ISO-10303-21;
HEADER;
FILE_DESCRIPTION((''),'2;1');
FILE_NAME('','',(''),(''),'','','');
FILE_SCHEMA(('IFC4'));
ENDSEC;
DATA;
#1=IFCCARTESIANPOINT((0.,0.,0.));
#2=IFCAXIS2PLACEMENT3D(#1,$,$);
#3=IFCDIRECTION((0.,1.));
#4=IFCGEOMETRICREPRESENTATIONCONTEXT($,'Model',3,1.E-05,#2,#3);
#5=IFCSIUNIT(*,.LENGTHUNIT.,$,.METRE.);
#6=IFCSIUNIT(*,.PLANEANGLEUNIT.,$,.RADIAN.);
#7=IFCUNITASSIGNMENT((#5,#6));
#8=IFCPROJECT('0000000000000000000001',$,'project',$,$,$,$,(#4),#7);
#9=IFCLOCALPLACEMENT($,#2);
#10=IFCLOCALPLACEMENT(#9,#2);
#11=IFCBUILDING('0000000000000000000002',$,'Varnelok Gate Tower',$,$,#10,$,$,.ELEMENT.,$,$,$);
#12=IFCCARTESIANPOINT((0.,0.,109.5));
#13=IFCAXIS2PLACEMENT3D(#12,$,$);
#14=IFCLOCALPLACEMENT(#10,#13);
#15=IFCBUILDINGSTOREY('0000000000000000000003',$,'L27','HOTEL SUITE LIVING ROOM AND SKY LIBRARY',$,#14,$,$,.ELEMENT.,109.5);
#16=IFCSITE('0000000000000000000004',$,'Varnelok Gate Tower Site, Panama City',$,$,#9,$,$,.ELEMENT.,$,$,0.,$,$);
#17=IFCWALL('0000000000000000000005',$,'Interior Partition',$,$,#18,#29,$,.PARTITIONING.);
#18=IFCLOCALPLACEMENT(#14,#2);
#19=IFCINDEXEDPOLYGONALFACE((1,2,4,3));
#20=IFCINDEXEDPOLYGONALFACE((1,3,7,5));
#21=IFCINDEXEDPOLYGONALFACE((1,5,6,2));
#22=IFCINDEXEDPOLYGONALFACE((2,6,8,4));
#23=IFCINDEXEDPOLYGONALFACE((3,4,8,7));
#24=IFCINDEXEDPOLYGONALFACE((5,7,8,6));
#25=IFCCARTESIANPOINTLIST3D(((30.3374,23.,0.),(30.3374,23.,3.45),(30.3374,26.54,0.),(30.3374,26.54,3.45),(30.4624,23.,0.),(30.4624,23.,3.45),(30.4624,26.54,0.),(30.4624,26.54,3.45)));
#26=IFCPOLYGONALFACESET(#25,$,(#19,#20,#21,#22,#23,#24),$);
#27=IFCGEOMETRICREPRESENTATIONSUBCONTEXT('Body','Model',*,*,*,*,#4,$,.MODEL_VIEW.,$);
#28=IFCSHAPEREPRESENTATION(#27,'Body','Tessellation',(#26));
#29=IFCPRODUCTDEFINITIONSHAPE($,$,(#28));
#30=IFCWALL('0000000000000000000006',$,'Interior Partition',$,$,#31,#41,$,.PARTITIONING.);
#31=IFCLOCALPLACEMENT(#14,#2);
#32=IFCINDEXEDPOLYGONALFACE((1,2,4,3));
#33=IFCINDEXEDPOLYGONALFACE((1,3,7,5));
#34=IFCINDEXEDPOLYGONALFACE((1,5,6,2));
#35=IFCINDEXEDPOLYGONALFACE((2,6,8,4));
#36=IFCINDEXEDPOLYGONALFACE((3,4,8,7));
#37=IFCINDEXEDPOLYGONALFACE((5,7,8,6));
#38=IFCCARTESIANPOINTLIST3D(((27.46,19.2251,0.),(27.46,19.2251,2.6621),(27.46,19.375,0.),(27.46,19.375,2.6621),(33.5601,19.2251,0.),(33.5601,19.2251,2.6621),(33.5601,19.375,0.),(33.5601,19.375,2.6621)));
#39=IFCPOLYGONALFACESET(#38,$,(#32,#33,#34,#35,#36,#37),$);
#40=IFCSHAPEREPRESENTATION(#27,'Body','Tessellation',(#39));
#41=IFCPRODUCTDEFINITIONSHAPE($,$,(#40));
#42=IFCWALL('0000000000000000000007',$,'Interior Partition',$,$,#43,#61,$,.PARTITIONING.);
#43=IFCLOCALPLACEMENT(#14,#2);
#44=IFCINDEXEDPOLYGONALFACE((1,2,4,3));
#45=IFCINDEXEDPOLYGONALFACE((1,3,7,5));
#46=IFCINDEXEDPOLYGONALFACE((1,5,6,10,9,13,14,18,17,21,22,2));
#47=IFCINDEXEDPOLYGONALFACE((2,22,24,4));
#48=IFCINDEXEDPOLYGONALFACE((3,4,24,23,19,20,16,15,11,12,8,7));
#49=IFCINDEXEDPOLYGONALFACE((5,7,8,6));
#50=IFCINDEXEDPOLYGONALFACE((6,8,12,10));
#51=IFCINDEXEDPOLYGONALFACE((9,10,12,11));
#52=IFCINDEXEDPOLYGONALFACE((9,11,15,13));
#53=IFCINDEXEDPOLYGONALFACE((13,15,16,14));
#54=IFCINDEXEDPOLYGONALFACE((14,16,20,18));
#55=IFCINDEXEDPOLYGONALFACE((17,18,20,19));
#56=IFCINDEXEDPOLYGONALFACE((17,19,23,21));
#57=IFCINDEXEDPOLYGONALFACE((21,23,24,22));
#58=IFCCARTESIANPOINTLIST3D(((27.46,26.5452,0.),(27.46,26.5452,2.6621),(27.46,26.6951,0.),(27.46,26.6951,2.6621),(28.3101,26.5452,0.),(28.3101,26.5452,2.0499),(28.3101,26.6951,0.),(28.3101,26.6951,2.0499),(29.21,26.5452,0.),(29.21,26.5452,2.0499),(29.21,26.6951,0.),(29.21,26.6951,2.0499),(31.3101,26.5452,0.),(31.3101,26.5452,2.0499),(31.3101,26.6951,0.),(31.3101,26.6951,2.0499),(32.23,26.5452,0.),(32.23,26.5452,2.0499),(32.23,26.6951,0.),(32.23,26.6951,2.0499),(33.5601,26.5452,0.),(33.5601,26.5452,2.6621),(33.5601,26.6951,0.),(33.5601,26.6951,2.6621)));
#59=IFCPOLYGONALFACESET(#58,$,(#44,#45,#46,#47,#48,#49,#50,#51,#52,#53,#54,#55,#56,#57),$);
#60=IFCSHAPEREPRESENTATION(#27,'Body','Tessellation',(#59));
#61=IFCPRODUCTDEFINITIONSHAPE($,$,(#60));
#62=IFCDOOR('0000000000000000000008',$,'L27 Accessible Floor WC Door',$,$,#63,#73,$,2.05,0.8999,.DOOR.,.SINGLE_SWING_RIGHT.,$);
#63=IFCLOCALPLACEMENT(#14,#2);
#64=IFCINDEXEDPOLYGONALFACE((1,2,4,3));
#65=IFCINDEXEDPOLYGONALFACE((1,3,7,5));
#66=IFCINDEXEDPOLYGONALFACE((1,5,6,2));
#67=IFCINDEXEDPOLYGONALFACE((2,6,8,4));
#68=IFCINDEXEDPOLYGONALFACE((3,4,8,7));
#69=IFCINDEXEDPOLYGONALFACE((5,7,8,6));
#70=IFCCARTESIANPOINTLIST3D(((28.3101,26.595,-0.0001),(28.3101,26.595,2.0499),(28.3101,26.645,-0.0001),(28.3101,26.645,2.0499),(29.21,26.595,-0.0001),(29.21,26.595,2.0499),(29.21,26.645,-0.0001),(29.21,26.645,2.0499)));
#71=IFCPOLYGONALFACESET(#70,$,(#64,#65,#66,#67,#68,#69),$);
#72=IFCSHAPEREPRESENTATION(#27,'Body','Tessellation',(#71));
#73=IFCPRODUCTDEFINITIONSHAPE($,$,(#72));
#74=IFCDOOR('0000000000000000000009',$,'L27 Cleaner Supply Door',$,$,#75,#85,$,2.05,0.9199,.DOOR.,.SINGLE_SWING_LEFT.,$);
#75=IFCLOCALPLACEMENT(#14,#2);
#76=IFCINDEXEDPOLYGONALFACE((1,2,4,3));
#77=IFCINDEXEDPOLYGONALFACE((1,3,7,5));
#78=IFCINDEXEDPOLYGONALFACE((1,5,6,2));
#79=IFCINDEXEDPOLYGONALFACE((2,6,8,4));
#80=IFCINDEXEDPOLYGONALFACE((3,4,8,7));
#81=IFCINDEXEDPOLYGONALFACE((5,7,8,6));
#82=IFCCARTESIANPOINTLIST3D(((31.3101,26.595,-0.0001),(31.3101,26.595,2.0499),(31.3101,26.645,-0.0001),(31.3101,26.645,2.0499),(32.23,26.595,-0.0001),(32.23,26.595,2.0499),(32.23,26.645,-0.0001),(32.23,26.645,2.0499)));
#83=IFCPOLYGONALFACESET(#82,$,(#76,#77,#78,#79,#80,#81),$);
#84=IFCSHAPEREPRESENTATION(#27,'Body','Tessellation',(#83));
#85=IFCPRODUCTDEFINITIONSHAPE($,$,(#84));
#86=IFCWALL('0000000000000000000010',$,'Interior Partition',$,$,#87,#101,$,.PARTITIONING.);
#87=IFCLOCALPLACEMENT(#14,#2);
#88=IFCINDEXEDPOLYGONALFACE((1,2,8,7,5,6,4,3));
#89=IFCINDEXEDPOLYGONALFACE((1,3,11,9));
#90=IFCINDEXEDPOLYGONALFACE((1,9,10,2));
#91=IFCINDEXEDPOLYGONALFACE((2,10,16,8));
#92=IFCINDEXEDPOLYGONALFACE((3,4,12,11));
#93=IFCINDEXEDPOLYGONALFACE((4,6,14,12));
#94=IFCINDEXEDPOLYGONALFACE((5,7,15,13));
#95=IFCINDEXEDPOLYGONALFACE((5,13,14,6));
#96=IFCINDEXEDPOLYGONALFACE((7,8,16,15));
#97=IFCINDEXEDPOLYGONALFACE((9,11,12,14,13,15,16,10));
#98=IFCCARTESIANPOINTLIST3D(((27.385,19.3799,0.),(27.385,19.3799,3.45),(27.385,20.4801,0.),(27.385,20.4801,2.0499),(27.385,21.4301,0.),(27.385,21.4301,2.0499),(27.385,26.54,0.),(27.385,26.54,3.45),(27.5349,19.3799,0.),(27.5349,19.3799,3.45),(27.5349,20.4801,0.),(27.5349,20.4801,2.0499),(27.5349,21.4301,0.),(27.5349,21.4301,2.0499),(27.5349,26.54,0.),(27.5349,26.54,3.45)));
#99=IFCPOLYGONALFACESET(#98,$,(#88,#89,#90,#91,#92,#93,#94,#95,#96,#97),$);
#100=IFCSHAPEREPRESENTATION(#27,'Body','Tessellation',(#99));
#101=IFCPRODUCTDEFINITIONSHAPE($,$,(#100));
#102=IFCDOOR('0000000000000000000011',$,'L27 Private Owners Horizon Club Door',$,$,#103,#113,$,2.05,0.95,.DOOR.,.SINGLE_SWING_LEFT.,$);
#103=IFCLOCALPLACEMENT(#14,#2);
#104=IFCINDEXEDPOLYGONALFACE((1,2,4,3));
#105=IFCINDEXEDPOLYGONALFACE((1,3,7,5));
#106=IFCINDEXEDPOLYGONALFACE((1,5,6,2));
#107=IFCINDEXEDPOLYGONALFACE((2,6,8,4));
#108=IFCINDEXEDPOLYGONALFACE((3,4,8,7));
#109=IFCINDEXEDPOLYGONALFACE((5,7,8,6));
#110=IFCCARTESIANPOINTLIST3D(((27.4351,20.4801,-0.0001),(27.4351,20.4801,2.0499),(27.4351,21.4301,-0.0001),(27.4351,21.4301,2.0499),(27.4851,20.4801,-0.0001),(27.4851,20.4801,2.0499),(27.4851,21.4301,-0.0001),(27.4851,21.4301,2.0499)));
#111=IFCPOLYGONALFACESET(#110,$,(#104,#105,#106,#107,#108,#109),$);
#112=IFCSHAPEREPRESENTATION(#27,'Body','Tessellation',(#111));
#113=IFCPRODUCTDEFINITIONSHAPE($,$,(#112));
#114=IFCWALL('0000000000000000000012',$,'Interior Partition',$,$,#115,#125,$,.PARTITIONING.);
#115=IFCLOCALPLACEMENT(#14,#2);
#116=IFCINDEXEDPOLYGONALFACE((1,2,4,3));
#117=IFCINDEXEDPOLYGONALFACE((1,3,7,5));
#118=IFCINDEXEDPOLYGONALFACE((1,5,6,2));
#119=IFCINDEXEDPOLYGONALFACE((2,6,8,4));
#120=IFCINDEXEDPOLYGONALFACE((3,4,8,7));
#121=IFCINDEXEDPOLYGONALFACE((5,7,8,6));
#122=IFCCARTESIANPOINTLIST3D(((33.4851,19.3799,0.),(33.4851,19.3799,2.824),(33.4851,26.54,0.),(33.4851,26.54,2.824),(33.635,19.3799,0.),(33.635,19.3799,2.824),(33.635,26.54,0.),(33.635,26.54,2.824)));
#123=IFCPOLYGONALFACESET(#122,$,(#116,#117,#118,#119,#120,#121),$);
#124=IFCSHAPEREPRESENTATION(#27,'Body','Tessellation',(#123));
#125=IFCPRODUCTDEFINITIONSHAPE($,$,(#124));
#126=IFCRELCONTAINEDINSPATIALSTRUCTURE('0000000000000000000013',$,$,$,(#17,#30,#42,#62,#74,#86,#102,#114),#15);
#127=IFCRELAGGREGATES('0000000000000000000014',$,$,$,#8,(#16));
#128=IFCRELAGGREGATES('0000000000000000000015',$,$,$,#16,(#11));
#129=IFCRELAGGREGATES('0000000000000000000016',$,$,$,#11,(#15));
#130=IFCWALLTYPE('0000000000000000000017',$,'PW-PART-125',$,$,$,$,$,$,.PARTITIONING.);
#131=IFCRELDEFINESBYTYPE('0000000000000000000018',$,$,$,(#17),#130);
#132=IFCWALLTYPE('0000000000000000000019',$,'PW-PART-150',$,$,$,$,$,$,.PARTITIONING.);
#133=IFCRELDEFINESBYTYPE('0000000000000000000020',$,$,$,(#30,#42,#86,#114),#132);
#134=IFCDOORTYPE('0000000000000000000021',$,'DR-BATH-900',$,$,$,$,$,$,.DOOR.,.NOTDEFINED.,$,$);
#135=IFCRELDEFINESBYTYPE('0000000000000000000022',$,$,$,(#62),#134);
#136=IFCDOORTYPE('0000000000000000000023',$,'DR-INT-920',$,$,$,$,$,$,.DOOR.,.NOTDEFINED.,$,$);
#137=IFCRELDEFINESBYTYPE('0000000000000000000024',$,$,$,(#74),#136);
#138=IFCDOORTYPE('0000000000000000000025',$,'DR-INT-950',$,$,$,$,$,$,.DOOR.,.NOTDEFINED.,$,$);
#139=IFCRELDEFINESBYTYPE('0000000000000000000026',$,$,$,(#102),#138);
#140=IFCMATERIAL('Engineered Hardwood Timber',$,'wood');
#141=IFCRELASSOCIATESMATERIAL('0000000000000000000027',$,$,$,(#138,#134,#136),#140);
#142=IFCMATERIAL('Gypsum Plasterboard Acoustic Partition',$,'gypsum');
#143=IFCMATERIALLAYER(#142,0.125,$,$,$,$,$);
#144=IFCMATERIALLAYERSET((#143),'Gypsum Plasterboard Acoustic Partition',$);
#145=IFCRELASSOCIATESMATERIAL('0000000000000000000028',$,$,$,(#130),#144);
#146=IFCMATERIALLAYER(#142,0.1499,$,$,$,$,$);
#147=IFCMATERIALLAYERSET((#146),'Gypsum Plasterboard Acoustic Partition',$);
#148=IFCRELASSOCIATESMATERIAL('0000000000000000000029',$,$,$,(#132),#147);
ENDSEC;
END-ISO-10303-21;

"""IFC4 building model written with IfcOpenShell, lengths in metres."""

from ifc_helpers import new_model, si_unit, direction, frame, frame_2d, origin, place, context, subcontext, project, spatial, rectangle, extrude, material, layer, layer_set, type_object, element, fill, save


model = new_model("IFC4")

# Units and contexts
model_context = context("Model", 3, precision=1e-05, world=origin(), true_north=direction((0.0, 1.0)))
body_context = subcontext(model_context, "Body", "Model", "MODEL_VIEW")
ifc_project = project(units=[si_unit("LENGTHUNIT", "METRE"), si_unit("PLANEANGLEUNIT", "RADIAN")], contexts=[model_context])

# Site, building, storey
site_placement = place(None, origin())
site = spatial("IfcSite", under=ifc_project, at=site_placement, Name="Varnelok Gate Tower Site, Panama City", CompositionType="ELEMENT", RefElevation=0.0)
building_placement = place(site_placement, origin())
building = spatial("IfcBuilding", under=site, at=building_placement, Name="Varnelok Gate Tower", CompositionType="ELEMENT")
storey_placement = place(building_placement, frame((0.0, 0.0, 109.5)))
storey = spatial("IfcBuildingStorey", under=building, at=storey_placement, Name="L27", Description="HOTEL SUITE LIVING ROOM AND SKY LIBRARY", CompositionType="ELEMENT", Elevation=109.5)

# Shared definitions
ifc_material_1 = material(Name="Gypsum Plasterboard Acoustic Partition", Category="gypsum")
ifc_material_2 = material(Name="Engineered Hardwood Timber", Category="wood")
door_type_1 = type_object("IfcDoorType", Name="DR-INT-950", OperationType="NOTDEFINED", PredefinedType="DOOR", material=ifc_material_2)

# Walls
ifc_layer_1 = layer(ifc_material_1, 0.125)
ifc_layer_set_1 = layer_set([ifc_layer_1], Name="Gypsum Plasterboard Acoustic Partition")
wall_type_1 = type_object("IfcWallType", Name="PW-PART-125", PredefinedType="PARTITIONING", material=ifc_layer_set_1)
wall_1_placement = place(storey_placement, frame((30.3999, 23.0, 0.0), z_axis=(0.0, 0.0, 1.0), x_axis=(0.0, 1.0, 0.0)))
element("IfcWall", 1, at=wall_1_placement, inside=storey, type_object=wall_type_1, Name="Interior Partition", PredefinedType="PARTITIONING", context=body_context, shape_type="SweptSolid", body=[
    extrude(rectangle(XDim=3.54, YDim=0.125, at=frame_2d((1.77, 0.0))), origin(), (0.0, 0.0, 1.0), 3.45),
])
ifc_layer_2 = layer(ifc_material_1, 0.1499)
ifc_layer_set_2 = layer_set([ifc_layer_2], Name="Gypsum Plasterboard Acoustic Partition")
wall_type_2 = type_object("IfcWallType", Name="PW-PART-150", PredefinedType="PARTITIONING", material=ifc_layer_set_2)
wall_2_placement = place(storey_placement, frame((27.46, 19.3, 0.0), z_axis=(0.0, 0.0, 1.0), x_axis=(1.0, 0.0, 0.0)))
element("IfcWall", 2, at=wall_2_placement, inside=storey, type_object=wall_type_2, Name="Interior Partition", PredefinedType="PARTITIONING", context=body_context, shape_type="SweptSolid", body=[
    extrude(rectangle(XDim=6.1001, YDim=0.1499, at=frame_2d((3.05, 0.0))), origin(), (0.0, 0.0, 1.0), 2.6621),
])

# Wall, openings, doors
wall_3_placement = place(storey_placement, frame((27.46, 26.6201, 0.0), z_axis=(0.0, 0.0, 1.0), x_axis=(1.0, 0.0, 0.0)))
wall_3 = element("IfcWall", 3, at=wall_3_placement, inside=storey, type_object=wall_type_2, Name="Interior Partition", PredefinedType="PARTITIONING", context=body_context, shape_type="SweptSolid", body=[
    extrude(rectangle(XDim=6.1001, YDim=0.1499, at=frame_2d((3.05, 0.0))), origin(), (0.0, 0.0, 1.0), 2.6621),
])
opening_1_placement = place(wall_3_placement, frame((0.8501, 0.0, 0.0)))
opening_1 = element("IfcOpeningElement", 4, at=opening_1_placement, cuts=wall_3, PredefinedType="OPENING", context=body_context, shape_type="SweptSolid", body=[
    extrude(rectangle(XDim=0.8999, YDim=2.05, at=frame_2d((0.45, 1.0249))), frame((0.0, 0.085, 0.0), z_axis=(0.0, -1.0, 0.0), x_axis=(1.0, 0.0, 0.0)), (0.0, 0.0, 1.0), 0.1699),
])
opening_2_placement = place(wall_3_placement, frame((3.8501, 0.0, 0.0)))
opening_2 = element("IfcOpeningElement", 5, at=opening_2_placement, cuts=wall_3, PredefinedType="OPENING", context=body_context, shape_type="SweptSolid", body=[
    extrude(rectangle(XDim=0.9199, YDim=2.05, at=frame_2d((0.46, 1.0249))), frame((0.0, 0.085, 0.0), z_axis=(0.0, -1.0, 0.0), x_axis=(1.0, 0.0, 0.0)), (0.0, 0.0, 1.0), 0.1699),
])
door_type_2 = type_object("IfcDoorType", Name="DR-BATH-900", OperationType="NOTDEFINED", PredefinedType="DOOR", material=ifc_material_2)
door_1_placement = place(opening_1_placement, origin())
door_1 = element("IfcDoor", 6, at=door_1_placement, inside=storey, type_object=door_type_2, Name="L27 Accessible Floor WC Door", OperationType="SINGLE_SWING_RIGHT", OverallHeight=2.05, OverallWidth=0.8999, PredefinedType="DOOR", context=body_context, shape_type="SweptSolid", body=[
    extrude(rectangle(XDim=0.8999, YDim=2.05, at=frame_2d((0.45, 1.0249))), frame((0.0, 0.0249, 0.0), z_axis=(0.0, -1.0, 0.0), x_axis=(1.0, 0.0, 0.0)), (0.0, 0.0, 1.0), 0.05),
])
fill(opening_1, door_1)
door_type_3 = type_object("IfcDoorType", Name="DR-INT-920", OperationType="NOTDEFINED", PredefinedType="DOOR", material=ifc_material_2)
door_2_placement = place(opening_2_placement, origin())
door_2 = element("IfcDoor", 7, at=door_2_placement, inside=storey, type_object=door_type_3, Name="L27 Cleaner Supply Door", OperationType="SINGLE_SWING_LEFT", OverallHeight=2.05, OverallWidth=0.9199, PredefinedType="DOOR", context=body_context, shape_type="SweptSolid", body=[
    extrude(rectangle(XDim=0.9199, YDim=2.05, at=frame_2d((0.46, 1.0249))), frame((0.0, 0.0249, 0.0), z_axis=(0.0, -1.0, 0.0), x_axis=(1.0, 0.0, 0.0)), (0.0, 0.0, 1.0), 0.05),
])
fill(opening_2, door_2)

# Wall, opening, door
wall_4_placement = place(storey_placement, frame((27.46, 19.3799, 0.0), z_axis=(0.0, 0.0, 1.0), x_axis=(0.0, 1.0, 0.0)))
wall_4 = element("IfcWall", 8, at=wall_4_placement, inside=storey, type_object=wall_type_2, Name="Interior Partition", PredefinedType="PARTITIONING", context=body_context, shape_type="SweptSolid", body=[
    extrude(rectangle(XDim=7.1602, YDim=0.1499, at=frame_2d((3.5801, 0.0))), origin(), (0.0, 0.0, 1.0), 3.45),
])
opening_3_placement = place(wall_4_placement, frame((1.1001, 0.0, 0.0)))
opening_3 = element("IfcOpeningElement", 9, at=opening_3_placement, cuts=wall_4, PredefinedType="OPENING", context=body_context, shape_type="SweptSolid", body=[
    extrude(rectangle(XDim=0.95, YDim=2.05, at=frame_2d((0.4751, 1.0249))), frame((0.0, 0.085, 0.0), z_axis=(0.0, -1.0, 0.0), x_axis=(1.0, 0.0, 0.0)), (0.0, 0.0, 1.0), 0.1699),
])
door_3_placement = place(opening_3_placement, origin())
door_3 = element("IfcDoor", 10, at=door_3_placement, inside=storey, type_object=door_type_1, Name="L27 Private Owners Horizon Club Door", OperationType="SINGLE_SWING_LEFT", OverallHeight=2.05, OverallWidth=0.95, PredefinedType="DOOR", context=body_context, shape_type="SweptSolid", body=[
    extrude(rectangle(XDim=0.95, YDim=2.05, at=frame_2d((0.4751, 1.0249))), frame((0.0, 0.0249, 0.0), z_axis=(0.0, -1.0, 0.0), x_axis=(1.0, 0.0, 0.0)), (0.0, 0.0, 1.0), 0.05),
])
fill(opening_3, door_3)

# Wall
wall_5_placement = place(storey_placement, frame((33.5601, 19.3799, 0.0), z_axis=(0.0, 0.0, 1.0), x_axis=(0.0, 1.0, 0.0)))
element("IfcWall", 11, at=wall_5_placement, inside=storey, type_object=wall_type_2, Name="Interior Partition", PredefinedType="PARTITIONING", context=body_context, shape_type="SweptSolid", body=[
    extrude(rectangle(XDim=7.1602, YDim=0.1499, at=frame_2d((3.5801, 0.0))), origin(), (0.0, 0.0, 1.0), 2.824),
])

save(model, "model.ifc")
